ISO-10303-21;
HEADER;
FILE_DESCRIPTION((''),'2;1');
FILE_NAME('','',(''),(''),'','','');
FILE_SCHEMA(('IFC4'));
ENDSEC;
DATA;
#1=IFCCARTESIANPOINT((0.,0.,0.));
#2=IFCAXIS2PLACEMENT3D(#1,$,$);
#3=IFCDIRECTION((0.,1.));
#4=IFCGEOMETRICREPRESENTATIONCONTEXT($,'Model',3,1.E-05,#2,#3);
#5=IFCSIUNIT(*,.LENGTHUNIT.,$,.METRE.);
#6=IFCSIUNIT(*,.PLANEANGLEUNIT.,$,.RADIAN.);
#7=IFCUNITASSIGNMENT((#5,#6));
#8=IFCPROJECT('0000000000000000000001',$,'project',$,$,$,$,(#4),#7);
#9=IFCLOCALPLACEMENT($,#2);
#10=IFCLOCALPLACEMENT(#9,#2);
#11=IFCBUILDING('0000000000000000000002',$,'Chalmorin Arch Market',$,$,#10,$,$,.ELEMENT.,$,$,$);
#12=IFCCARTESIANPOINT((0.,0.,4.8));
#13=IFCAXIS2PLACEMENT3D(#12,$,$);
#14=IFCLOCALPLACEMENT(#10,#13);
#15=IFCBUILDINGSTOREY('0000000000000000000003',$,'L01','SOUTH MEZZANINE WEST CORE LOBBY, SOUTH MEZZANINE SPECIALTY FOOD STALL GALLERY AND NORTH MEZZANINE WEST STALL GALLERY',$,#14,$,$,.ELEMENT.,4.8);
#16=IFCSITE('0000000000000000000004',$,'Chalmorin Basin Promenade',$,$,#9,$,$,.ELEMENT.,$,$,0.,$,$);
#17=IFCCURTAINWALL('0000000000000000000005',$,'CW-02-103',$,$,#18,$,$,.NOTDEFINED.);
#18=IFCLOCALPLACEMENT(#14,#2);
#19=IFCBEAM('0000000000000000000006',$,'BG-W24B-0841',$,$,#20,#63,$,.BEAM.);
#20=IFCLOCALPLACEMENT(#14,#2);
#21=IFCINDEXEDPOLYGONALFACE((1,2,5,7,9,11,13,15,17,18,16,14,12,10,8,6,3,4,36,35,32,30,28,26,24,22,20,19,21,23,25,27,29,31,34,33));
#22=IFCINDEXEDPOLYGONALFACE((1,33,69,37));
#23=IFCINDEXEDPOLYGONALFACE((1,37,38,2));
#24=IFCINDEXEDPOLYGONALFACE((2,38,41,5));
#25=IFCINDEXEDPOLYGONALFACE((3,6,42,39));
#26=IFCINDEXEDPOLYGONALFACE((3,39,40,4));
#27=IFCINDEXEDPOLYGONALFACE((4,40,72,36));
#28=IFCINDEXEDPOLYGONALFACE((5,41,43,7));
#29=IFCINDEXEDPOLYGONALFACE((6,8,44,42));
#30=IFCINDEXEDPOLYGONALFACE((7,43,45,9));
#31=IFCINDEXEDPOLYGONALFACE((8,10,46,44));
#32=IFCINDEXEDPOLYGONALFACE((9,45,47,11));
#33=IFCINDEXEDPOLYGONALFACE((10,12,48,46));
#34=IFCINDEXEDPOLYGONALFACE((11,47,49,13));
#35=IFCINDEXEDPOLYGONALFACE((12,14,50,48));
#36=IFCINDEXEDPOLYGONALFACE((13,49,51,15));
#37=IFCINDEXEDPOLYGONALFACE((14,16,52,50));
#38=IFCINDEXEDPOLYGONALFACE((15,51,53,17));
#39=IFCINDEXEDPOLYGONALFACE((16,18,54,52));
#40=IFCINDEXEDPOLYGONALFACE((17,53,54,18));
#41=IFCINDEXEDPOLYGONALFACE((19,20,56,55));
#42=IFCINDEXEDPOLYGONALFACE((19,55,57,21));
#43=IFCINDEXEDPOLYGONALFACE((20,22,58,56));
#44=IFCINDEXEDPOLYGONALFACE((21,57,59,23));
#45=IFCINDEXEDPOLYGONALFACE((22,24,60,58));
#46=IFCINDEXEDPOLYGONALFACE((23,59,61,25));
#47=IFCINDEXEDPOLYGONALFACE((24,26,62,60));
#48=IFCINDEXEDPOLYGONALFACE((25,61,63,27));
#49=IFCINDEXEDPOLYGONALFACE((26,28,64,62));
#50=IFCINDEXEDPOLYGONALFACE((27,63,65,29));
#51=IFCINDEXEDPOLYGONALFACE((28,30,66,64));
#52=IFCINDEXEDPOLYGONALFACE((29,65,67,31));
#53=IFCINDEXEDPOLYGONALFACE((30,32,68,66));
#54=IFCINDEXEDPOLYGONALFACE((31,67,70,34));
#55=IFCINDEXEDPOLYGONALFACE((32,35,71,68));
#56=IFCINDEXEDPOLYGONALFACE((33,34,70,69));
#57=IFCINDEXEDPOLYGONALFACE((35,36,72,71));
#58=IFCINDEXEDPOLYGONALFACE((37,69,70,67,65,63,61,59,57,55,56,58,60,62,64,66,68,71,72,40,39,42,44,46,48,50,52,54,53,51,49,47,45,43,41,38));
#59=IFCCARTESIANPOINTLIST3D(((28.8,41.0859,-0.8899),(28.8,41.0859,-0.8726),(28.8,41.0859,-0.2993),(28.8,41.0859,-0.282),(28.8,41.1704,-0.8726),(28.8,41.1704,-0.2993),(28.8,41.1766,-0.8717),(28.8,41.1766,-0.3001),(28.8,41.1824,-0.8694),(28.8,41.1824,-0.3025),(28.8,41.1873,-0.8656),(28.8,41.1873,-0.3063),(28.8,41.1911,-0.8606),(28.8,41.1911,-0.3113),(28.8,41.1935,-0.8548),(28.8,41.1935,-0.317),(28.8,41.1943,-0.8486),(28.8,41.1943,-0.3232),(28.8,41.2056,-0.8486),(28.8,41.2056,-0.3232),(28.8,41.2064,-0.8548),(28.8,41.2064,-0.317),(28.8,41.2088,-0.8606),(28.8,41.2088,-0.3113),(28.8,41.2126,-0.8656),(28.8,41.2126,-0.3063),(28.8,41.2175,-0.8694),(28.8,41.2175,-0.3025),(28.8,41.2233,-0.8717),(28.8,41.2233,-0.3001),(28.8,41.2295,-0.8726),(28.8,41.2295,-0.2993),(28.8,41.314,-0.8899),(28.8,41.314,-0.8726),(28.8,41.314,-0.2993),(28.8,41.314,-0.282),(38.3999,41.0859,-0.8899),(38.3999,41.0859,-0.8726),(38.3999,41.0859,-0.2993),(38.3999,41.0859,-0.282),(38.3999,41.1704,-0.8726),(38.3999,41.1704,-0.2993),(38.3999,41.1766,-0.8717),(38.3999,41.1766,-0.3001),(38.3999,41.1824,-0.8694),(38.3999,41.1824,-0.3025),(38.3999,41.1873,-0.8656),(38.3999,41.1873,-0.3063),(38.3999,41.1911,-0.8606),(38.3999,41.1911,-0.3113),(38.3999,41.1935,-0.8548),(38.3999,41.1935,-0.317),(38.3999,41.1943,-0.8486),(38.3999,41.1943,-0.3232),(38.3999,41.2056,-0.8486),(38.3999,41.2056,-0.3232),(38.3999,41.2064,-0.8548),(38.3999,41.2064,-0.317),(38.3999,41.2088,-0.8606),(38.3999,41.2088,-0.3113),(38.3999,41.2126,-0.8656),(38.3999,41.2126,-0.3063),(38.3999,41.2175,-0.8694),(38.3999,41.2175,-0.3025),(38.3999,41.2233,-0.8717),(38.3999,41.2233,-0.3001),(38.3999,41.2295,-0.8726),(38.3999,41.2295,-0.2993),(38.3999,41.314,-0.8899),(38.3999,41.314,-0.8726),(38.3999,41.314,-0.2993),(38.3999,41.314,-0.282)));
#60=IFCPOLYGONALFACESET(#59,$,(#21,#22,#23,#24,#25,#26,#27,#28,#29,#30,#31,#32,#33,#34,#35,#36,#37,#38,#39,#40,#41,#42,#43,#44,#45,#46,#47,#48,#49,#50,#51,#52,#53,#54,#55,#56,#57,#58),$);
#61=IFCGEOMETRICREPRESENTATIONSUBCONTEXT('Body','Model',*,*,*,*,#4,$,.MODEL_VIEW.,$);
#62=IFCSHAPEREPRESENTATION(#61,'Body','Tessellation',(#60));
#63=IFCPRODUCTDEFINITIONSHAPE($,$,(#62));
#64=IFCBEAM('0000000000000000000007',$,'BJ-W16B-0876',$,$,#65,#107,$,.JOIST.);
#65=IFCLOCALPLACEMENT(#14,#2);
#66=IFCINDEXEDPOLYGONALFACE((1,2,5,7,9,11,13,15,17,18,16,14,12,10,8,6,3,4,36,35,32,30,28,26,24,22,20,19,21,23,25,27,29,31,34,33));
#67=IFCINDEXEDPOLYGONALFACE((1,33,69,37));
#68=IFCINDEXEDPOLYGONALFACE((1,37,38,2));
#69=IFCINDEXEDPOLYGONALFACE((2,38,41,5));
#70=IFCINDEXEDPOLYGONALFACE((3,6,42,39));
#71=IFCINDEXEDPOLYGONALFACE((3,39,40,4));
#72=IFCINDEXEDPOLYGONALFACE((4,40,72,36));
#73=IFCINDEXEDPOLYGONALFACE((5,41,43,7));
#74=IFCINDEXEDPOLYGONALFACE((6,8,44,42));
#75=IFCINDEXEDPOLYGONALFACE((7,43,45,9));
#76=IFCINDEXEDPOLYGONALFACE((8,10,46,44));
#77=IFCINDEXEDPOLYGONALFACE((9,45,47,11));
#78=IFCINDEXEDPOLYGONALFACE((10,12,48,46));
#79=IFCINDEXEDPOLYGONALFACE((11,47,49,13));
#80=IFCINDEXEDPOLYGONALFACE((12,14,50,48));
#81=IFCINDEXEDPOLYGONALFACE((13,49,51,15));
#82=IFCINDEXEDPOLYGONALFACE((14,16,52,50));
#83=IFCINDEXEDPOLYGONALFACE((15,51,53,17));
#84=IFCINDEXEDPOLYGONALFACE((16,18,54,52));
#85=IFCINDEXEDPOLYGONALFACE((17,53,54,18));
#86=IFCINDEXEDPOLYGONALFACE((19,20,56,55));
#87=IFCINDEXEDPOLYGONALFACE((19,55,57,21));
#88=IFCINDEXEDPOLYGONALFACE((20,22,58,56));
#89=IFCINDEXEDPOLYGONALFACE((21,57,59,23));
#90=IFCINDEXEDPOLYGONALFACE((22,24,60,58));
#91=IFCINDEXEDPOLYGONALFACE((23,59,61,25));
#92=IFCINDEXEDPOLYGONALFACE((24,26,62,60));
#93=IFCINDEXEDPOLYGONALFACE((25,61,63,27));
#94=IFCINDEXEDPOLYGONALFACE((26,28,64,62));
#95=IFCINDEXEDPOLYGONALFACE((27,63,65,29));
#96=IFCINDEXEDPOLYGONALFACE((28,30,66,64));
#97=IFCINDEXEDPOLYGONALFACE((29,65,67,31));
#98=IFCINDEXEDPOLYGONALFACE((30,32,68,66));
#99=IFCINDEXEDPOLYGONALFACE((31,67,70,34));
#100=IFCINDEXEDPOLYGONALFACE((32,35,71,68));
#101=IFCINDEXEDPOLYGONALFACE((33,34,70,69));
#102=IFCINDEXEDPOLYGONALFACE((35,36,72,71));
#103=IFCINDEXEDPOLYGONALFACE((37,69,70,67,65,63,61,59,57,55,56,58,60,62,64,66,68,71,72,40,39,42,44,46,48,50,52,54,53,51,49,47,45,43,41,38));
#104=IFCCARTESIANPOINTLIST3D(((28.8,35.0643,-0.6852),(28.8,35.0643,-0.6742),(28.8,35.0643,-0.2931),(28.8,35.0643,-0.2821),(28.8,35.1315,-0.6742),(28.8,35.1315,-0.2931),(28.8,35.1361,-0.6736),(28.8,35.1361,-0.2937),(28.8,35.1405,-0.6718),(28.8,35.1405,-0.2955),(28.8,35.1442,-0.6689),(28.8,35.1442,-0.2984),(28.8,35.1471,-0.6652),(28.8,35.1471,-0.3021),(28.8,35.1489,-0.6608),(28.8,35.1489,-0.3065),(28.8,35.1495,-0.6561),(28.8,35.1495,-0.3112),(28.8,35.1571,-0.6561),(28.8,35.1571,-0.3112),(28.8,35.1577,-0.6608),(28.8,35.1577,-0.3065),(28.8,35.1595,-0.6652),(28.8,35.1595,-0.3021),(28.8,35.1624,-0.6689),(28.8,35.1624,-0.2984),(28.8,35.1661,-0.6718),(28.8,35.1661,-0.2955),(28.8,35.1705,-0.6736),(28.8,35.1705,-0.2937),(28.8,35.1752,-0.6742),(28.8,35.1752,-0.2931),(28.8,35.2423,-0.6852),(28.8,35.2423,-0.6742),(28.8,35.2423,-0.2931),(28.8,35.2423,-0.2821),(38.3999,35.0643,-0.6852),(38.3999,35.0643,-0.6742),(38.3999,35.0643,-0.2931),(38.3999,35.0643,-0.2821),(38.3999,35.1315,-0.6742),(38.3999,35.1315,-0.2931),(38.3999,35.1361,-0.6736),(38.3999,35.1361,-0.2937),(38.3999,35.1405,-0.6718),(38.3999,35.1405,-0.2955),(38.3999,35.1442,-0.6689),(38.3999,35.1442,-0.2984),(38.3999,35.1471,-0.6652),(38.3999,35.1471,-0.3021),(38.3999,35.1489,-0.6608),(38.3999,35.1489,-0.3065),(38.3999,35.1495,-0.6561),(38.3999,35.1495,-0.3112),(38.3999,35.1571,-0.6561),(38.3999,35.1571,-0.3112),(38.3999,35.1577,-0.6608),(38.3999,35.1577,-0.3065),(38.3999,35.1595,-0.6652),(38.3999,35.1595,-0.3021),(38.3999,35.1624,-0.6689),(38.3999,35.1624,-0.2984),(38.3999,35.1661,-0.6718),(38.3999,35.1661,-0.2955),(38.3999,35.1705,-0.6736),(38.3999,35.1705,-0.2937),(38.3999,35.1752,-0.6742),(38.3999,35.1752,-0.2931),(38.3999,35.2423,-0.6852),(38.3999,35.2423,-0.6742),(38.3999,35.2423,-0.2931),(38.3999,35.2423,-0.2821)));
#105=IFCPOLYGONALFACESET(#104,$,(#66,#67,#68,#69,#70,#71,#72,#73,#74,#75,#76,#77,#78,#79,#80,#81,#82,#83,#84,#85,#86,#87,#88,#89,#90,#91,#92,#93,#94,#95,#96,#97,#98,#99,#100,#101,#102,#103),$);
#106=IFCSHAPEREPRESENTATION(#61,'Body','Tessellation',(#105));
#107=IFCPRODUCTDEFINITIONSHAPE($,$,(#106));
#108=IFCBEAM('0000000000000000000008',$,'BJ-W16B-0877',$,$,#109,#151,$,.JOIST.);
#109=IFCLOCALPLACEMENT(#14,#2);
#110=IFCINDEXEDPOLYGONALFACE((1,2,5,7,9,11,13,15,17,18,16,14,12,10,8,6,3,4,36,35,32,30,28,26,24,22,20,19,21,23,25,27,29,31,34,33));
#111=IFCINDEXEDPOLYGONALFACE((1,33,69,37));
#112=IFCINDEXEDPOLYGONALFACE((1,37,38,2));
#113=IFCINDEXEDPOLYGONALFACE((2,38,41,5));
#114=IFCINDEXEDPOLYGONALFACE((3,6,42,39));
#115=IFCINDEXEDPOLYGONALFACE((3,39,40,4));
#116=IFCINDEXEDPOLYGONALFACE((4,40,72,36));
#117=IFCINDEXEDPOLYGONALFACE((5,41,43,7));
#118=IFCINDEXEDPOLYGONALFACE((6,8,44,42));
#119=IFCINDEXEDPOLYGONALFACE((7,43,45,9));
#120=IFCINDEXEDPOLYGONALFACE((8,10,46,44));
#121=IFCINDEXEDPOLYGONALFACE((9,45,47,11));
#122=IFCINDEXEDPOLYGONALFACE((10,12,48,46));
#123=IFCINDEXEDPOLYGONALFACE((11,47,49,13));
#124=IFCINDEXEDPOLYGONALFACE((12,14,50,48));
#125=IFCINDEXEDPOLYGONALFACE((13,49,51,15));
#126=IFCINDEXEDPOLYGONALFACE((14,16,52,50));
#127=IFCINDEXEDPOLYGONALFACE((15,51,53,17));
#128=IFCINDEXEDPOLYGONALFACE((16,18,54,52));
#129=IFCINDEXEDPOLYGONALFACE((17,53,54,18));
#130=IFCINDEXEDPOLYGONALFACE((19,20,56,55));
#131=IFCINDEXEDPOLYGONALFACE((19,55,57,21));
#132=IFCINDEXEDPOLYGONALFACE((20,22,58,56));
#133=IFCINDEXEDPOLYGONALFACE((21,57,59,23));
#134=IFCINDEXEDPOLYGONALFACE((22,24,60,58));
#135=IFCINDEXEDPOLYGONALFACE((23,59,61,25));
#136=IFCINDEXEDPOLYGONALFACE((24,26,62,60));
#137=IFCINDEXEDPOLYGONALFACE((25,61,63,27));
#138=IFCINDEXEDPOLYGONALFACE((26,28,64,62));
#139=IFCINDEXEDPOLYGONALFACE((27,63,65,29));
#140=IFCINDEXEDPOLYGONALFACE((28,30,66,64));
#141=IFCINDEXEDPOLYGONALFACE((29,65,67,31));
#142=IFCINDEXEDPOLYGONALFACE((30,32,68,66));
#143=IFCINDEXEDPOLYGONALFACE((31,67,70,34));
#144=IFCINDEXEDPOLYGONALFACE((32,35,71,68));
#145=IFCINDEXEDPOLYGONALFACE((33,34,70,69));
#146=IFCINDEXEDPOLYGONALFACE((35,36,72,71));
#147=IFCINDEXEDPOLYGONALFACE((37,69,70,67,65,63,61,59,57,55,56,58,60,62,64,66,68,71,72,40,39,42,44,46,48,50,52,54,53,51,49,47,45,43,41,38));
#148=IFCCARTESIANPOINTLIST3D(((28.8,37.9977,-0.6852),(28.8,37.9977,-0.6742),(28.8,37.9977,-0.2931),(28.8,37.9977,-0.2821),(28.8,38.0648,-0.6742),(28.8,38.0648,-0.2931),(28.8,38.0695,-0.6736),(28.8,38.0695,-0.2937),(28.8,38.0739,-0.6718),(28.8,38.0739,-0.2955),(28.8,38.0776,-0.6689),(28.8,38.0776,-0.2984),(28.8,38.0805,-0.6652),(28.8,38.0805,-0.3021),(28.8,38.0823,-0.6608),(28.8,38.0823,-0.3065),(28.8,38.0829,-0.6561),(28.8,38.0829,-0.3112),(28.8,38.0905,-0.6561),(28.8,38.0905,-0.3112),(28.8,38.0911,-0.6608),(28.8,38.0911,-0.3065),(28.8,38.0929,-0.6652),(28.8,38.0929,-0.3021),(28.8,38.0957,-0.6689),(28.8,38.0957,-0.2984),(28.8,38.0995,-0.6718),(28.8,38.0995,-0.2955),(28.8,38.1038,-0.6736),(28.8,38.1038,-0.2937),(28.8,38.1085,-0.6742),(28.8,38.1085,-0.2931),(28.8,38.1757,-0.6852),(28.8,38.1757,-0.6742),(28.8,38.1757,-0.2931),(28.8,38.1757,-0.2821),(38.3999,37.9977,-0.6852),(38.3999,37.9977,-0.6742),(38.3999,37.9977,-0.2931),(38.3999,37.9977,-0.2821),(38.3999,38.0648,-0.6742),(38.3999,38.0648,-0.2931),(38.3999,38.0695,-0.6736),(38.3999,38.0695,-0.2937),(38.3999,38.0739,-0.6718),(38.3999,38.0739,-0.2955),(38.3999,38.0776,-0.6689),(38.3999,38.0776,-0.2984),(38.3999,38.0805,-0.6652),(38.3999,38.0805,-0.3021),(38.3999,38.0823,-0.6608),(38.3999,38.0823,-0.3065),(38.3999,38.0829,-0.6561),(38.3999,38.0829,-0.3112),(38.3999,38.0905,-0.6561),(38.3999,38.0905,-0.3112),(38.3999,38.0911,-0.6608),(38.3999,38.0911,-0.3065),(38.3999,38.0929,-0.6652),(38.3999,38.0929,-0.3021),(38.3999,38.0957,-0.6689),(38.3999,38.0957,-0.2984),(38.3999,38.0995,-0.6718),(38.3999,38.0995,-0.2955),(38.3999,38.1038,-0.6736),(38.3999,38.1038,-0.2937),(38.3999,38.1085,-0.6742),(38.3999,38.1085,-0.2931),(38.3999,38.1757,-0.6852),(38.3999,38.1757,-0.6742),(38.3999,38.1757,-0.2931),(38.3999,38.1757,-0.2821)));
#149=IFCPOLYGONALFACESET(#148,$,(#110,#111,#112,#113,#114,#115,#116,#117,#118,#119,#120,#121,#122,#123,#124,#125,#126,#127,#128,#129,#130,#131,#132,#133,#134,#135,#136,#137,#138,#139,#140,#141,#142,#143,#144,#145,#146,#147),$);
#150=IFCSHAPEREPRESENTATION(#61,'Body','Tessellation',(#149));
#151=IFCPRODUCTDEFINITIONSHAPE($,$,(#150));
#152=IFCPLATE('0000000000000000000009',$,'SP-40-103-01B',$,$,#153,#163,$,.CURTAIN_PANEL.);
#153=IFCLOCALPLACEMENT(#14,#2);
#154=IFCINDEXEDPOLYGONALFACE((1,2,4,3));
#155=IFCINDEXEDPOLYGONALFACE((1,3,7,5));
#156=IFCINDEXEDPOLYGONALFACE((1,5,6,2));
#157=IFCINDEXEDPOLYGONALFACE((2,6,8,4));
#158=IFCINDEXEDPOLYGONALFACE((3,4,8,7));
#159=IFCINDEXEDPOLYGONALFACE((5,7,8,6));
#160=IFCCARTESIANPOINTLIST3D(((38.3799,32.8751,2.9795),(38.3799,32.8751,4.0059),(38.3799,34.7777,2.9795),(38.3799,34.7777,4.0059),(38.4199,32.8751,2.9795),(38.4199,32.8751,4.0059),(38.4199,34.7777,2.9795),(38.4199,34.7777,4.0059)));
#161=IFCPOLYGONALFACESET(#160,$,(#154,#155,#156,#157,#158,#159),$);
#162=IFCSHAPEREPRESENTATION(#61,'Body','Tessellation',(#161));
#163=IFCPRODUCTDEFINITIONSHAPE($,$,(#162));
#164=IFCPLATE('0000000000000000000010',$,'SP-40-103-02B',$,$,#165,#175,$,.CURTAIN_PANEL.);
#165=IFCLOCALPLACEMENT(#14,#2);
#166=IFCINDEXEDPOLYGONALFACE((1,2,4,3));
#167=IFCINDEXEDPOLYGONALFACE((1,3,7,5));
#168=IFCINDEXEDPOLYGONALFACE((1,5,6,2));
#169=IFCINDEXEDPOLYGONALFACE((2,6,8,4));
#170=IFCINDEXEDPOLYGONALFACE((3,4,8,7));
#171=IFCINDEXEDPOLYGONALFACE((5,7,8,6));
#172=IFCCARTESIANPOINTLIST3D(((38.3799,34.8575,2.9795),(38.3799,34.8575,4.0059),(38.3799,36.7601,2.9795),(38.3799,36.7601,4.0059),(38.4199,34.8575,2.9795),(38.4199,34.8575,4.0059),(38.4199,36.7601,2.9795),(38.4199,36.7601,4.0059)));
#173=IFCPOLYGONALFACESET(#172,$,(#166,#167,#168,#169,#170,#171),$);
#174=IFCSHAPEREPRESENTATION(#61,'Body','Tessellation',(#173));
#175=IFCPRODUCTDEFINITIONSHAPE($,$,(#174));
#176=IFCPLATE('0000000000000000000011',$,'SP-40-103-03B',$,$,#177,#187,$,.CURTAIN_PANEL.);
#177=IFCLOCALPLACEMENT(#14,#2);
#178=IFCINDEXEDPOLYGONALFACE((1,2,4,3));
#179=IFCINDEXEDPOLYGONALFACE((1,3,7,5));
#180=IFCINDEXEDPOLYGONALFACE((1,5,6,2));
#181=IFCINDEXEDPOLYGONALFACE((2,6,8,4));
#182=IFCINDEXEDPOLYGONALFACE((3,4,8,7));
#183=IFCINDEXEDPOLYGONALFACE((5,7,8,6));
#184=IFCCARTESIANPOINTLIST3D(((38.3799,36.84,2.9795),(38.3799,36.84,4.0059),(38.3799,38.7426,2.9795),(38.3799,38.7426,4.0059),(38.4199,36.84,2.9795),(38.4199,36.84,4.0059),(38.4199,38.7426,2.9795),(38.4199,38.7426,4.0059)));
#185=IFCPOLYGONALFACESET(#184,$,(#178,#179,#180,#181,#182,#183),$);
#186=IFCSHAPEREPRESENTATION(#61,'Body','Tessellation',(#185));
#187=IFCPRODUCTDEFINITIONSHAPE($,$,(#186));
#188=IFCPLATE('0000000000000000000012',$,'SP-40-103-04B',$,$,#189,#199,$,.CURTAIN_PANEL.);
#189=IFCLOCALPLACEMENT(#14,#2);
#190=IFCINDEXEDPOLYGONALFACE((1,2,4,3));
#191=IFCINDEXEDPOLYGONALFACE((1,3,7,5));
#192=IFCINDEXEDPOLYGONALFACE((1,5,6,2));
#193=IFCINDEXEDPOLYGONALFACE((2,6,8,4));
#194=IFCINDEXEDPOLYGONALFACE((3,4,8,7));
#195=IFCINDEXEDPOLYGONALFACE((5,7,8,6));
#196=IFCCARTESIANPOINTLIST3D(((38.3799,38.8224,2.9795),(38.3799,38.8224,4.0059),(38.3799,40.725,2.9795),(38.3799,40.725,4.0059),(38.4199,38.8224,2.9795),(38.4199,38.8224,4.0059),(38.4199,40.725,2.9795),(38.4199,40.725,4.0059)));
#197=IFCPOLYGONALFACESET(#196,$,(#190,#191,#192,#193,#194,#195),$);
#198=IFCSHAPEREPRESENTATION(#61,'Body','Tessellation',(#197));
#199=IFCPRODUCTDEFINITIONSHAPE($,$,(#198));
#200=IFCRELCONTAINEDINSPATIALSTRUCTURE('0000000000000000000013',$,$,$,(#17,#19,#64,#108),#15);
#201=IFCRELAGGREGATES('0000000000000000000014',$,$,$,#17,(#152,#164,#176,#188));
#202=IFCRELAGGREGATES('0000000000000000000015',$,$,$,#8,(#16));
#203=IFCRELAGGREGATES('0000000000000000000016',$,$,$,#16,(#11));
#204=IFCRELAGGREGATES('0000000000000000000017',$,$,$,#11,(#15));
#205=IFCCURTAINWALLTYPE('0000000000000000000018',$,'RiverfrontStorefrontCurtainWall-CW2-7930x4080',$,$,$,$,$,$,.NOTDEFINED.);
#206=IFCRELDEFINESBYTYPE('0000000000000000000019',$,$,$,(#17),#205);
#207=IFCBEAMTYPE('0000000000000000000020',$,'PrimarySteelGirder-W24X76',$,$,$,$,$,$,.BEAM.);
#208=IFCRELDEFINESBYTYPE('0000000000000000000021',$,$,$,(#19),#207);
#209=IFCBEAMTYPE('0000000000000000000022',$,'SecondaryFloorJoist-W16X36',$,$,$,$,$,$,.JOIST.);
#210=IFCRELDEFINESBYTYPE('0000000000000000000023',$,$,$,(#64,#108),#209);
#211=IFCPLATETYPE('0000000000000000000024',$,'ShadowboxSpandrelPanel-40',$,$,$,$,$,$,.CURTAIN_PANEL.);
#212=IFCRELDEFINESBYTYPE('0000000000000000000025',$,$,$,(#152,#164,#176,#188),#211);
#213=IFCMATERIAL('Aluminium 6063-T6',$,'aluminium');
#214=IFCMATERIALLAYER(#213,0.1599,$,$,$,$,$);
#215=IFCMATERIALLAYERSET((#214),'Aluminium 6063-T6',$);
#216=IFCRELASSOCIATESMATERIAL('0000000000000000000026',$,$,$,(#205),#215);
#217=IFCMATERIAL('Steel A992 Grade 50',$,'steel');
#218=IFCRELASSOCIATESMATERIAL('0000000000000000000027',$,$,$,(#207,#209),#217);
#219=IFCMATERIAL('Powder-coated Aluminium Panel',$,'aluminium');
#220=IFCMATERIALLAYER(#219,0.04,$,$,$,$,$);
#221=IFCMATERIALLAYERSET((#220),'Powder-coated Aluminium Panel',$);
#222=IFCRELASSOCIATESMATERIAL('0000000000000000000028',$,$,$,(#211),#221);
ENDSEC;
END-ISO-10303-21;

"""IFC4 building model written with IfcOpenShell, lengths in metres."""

from ifc_helpers import new_model, si_unit, direction, frame, origin, origin_2d, place, context, subcontext, project, spatial, rectangle, i_section, extrude, material, layer, layer_set, material_profile, profile_set, type_object, element, aggregate, save


model = new_model("IFC4")

# Units and contexts
model_context = context("Model", 3, precision=1e-05, world=origin(), true_north=direction((0.0, 1.0)))
body_context = subcontext(model_context, "Body", "Model", "MODEL_VIEW")
ifc_project = project(units=[si_unit("LENGTHUNIT", "METRE"), si_unit("PLANEANGLEUNIT", "RADIAN")], contexts=[model_context])

# Site, building, storey
site_placement = place(None, origin())
site = spatial("IfcSite", under=ifc_project, at=site_placement, Name="Chalmorin Basin Promenade", CompositionType="ELEMENT", RefElevation=0.0)
building_placement = place(site_placement, origin())
building = spatial("IfcBuilding", under=site, at=building_placement, Name="Chalmorin Arch Market", CompositionType="ELEMENT")
storey_placement = place(building_placement, frame((0.0, 0.0, 4.8)))
storey = spatial("IfcBuildingStorey", under=building, at=storey_placement, Name="L01", Description="SOUTH MEZZANINE WEST CORE LOBBY, SOUTH MEZZANINE SPECIALTY FOOD STALL GALLERY AND NORTH MEZZANINE WEST STALL GALLERY", CompositionType="ELEMENT", Elevation=4.8)

# Shared definitions
ifc_material_1 = material(Name="Steel A992 Grade 50", Category="steel")

# Curtain wall
ifc_material_2 = material(Name="Aluminium 6063-T6", Category="aluminium")
ifc_layer_1 = layer(ifc_material_2, 0.1599)
ifc_layer_set_1 = layer_set([ifc_layer_1], Name="Aluminium 6063-T6")
curtain_wall_type = type_object("IfcCurtainWallType", Name="RiverfrontStorefrontCurtainWall-CW2-7930x4080", PredefinedType="NOTDEFINED", material=ifc_layer_set_1)
curtain_wall_1_placement = place(storey_placement, origin())
curtain_wall_1 = element("IfcCurtainWall", 1, at=curtain_wall_1_placement, inside=storey, type_object=curtain_wall_type, Name="CW-02-103", PredefinedType="NOTDEFINED")

# Beams
ifc_material_profile_1 = material_profile(ifc_material_1, i_section(OverallWidth=0.228, OverallDepth=0.6079, WebThickness=0.0112, FlangeThickness=0.0173, FilletRadius=0.0239, at=origin_2d()), Name="W24X76")
ifc_profile_set_1 = profile_set([ifc_material_profile_1], Name="Steel A992 Grade 50")
beam_type_1 = type_object("IfcBeamType", Name="PrimarySteelGirder-W24X76", PredefinedType="BEAM", material=ifc_profile_set_1)
for number, where, z_axis, x_axis, name in (
    (2, (28.8, 41.2, -0.5859), (1.0, 0.0, 0.0), (0.0, 1.0, 0.0), "BG-W24B-0841"),
):
    element("IfcBeam", number, at=place(storey_placement, frame(where, z_axis=z_axis, x_axis=x_axis)), inside=storey, type_object=beam_type_1, Name=name, PredefinedType="BEAM", context=body_context, shape_type="SweptSolid", body=[
        extrude(i_section(OverallWidth=0.228, OverallDepth=0.6079, WebThickness=0.0112, FlangeThickness=0.0173, FilletRadius=0.0239, at=origin_2d()), origin(), (0.0, 0.0, 1.0), 9.5999),
    ])
ifc_material_profile_2 = material_profile(ifc_material_1, i_section(OverallWidth=0.178, OverallDepth=0.4031, WebThickness=0.0076, FlangeThickness=0.011, FilletRadius=0.0181, at=origin_2d()), Name="W16X36")
ifc_profile_set_2 = profile_set([ifc_material_profile_2], Name="Steel A992 Grade 50")
beam_type_2 = type_object("IfcBeamType", Name="SecondaryFloorJoist-W16X36", PredefinedType="JOIST", material=ifc_profile_set_2)
for number, where, z_axis, x_axis, name in (
    (3, (28.8, 35.1533, -0.4836), (1.0, 0.0, 0.0), (0.0, 1.0, 0.0), "BJ-W16B-0876"),
    (4, (28.8, 38.0867, -0.4836), (1.0, 0.0, 0.0), (0.0, 1.0, 0.0), "BJ-W16B-0877"),
):
    element("IfcBeam", number, at=place(storey_placement, frame(where, z_axis=z_axis, x_axis=x_axis)), inside=storey, type_object=beam_type_2, Name=name, PredefinedType="JOIST", context=body_context, shape_type="SweptSolid", body=[
        extrude(i_section(OverallWidth=0.178, OverallDepth=0.4031, WebThickness=0.0076, FlangeThickness=0.011, FilletRadius=0.0181, at=origin_2d()), origin(), (0.0, 0.0, 1.0), 9.5999),
    ])

# Plates
ifc_material_3 = material(Name="Powder-coated Aluminium Panel", Category="aluminium")
ifc_layer_2 = layer(ifc_material_3, 0.04)
ifc_layer_set_2 = layer_set([ifc_layer_2], Name="Powder-coated Aluminium Panel")
plate_type_1 = type_object("IfcPlateType", Name="ShadowboxSpandrelPanel-40", PredefinedType="CURTAIN_PANEL", material=ifc_layer_set_2)
plate_1_placement = place(storey_placement, frame((38.3999, 33.8264, 2.9795), z_axis=(0.0, 0.0, 1.0), x_axis=(0.0, 1.0, 0.0)))
plate_1 = element("IfcPlate", 5, at=plate_1_placement, type_object=plate_type_1, Name="SP-40-103-01B", PredefinedType="CURTAIN_PANEL", context=body_context, shape_type="SweptSolid", body=[
    extrude(rectangle(XDim=1.9026, YDim=0.04, at=origin_2d()), origin(), (0.0, 0.0, 1.0), 1.0264),
])
plate_2_placement = place(storey_placement, frame((38.3999, 35.8088, 2.9795), z_axis=(0.0, 0.0, 1.0), x_axis=(0.0, 1.0, 0.0)))
plate_2 = element("IfcPlate", 6, at=plate_2_placement, type_object=plate_type_1, Name="SP-40-103-02B", PredefinedType="CURTAIN_PANEL", context=body_context, shape_type="SweptSolid", body=[
    extrude(rectangle(XDim=1.9026, YDim=0.04, at=origin_2d()), origin(), (0.0, 0.0, 1.0), 1.0264),
])
plate_3_placement = place(storey_placement, frame((38.3999, 37.7913, 2.9795), z_axis=(0.0, 0.0, 1.0), x_axis=(0.0, 1.0, 0.0)))
plate_3 = element("IfcPlate", 7, at=plate_3_placement, type_object=plate_type_1, Name="SP-40-103-03B", PredefinedType="CURTAIN_PANEL", context=body_context, shape_type="SweptSolid", body=[
    extrude(rectangle(XDim=1.9026, YDim=0.04, at=origin_2d()), origin(), (0.0, 0.0, 1.0), 1.0264),
])
plate_4_placement = place(storey_placement, frame((38.3999, 39.7737, 2.9795), z_axis=(0.0, 0.0, 1.0), x_axis=(0.0, 1.0, 0.0)))
plate_4 = element("IfcPlate", 8, at=plate_4_placement, type_object=plate_type_1, Name="SP-40-103-04B", PredefinedType="CURTAIN_PANEL", context=body_context, shape_type="SweptSolid", body=[
    extrude(rectangle(XDim=1.9026, YDim=0.04, at=origin_2d()), origin(), (0.0, 0.0, 1.0), 1.0264),
])
aggregate(curtain_wall_1, [plate_1, plate_2, plate_3, plate_4])

save(model, "model.ifc")
